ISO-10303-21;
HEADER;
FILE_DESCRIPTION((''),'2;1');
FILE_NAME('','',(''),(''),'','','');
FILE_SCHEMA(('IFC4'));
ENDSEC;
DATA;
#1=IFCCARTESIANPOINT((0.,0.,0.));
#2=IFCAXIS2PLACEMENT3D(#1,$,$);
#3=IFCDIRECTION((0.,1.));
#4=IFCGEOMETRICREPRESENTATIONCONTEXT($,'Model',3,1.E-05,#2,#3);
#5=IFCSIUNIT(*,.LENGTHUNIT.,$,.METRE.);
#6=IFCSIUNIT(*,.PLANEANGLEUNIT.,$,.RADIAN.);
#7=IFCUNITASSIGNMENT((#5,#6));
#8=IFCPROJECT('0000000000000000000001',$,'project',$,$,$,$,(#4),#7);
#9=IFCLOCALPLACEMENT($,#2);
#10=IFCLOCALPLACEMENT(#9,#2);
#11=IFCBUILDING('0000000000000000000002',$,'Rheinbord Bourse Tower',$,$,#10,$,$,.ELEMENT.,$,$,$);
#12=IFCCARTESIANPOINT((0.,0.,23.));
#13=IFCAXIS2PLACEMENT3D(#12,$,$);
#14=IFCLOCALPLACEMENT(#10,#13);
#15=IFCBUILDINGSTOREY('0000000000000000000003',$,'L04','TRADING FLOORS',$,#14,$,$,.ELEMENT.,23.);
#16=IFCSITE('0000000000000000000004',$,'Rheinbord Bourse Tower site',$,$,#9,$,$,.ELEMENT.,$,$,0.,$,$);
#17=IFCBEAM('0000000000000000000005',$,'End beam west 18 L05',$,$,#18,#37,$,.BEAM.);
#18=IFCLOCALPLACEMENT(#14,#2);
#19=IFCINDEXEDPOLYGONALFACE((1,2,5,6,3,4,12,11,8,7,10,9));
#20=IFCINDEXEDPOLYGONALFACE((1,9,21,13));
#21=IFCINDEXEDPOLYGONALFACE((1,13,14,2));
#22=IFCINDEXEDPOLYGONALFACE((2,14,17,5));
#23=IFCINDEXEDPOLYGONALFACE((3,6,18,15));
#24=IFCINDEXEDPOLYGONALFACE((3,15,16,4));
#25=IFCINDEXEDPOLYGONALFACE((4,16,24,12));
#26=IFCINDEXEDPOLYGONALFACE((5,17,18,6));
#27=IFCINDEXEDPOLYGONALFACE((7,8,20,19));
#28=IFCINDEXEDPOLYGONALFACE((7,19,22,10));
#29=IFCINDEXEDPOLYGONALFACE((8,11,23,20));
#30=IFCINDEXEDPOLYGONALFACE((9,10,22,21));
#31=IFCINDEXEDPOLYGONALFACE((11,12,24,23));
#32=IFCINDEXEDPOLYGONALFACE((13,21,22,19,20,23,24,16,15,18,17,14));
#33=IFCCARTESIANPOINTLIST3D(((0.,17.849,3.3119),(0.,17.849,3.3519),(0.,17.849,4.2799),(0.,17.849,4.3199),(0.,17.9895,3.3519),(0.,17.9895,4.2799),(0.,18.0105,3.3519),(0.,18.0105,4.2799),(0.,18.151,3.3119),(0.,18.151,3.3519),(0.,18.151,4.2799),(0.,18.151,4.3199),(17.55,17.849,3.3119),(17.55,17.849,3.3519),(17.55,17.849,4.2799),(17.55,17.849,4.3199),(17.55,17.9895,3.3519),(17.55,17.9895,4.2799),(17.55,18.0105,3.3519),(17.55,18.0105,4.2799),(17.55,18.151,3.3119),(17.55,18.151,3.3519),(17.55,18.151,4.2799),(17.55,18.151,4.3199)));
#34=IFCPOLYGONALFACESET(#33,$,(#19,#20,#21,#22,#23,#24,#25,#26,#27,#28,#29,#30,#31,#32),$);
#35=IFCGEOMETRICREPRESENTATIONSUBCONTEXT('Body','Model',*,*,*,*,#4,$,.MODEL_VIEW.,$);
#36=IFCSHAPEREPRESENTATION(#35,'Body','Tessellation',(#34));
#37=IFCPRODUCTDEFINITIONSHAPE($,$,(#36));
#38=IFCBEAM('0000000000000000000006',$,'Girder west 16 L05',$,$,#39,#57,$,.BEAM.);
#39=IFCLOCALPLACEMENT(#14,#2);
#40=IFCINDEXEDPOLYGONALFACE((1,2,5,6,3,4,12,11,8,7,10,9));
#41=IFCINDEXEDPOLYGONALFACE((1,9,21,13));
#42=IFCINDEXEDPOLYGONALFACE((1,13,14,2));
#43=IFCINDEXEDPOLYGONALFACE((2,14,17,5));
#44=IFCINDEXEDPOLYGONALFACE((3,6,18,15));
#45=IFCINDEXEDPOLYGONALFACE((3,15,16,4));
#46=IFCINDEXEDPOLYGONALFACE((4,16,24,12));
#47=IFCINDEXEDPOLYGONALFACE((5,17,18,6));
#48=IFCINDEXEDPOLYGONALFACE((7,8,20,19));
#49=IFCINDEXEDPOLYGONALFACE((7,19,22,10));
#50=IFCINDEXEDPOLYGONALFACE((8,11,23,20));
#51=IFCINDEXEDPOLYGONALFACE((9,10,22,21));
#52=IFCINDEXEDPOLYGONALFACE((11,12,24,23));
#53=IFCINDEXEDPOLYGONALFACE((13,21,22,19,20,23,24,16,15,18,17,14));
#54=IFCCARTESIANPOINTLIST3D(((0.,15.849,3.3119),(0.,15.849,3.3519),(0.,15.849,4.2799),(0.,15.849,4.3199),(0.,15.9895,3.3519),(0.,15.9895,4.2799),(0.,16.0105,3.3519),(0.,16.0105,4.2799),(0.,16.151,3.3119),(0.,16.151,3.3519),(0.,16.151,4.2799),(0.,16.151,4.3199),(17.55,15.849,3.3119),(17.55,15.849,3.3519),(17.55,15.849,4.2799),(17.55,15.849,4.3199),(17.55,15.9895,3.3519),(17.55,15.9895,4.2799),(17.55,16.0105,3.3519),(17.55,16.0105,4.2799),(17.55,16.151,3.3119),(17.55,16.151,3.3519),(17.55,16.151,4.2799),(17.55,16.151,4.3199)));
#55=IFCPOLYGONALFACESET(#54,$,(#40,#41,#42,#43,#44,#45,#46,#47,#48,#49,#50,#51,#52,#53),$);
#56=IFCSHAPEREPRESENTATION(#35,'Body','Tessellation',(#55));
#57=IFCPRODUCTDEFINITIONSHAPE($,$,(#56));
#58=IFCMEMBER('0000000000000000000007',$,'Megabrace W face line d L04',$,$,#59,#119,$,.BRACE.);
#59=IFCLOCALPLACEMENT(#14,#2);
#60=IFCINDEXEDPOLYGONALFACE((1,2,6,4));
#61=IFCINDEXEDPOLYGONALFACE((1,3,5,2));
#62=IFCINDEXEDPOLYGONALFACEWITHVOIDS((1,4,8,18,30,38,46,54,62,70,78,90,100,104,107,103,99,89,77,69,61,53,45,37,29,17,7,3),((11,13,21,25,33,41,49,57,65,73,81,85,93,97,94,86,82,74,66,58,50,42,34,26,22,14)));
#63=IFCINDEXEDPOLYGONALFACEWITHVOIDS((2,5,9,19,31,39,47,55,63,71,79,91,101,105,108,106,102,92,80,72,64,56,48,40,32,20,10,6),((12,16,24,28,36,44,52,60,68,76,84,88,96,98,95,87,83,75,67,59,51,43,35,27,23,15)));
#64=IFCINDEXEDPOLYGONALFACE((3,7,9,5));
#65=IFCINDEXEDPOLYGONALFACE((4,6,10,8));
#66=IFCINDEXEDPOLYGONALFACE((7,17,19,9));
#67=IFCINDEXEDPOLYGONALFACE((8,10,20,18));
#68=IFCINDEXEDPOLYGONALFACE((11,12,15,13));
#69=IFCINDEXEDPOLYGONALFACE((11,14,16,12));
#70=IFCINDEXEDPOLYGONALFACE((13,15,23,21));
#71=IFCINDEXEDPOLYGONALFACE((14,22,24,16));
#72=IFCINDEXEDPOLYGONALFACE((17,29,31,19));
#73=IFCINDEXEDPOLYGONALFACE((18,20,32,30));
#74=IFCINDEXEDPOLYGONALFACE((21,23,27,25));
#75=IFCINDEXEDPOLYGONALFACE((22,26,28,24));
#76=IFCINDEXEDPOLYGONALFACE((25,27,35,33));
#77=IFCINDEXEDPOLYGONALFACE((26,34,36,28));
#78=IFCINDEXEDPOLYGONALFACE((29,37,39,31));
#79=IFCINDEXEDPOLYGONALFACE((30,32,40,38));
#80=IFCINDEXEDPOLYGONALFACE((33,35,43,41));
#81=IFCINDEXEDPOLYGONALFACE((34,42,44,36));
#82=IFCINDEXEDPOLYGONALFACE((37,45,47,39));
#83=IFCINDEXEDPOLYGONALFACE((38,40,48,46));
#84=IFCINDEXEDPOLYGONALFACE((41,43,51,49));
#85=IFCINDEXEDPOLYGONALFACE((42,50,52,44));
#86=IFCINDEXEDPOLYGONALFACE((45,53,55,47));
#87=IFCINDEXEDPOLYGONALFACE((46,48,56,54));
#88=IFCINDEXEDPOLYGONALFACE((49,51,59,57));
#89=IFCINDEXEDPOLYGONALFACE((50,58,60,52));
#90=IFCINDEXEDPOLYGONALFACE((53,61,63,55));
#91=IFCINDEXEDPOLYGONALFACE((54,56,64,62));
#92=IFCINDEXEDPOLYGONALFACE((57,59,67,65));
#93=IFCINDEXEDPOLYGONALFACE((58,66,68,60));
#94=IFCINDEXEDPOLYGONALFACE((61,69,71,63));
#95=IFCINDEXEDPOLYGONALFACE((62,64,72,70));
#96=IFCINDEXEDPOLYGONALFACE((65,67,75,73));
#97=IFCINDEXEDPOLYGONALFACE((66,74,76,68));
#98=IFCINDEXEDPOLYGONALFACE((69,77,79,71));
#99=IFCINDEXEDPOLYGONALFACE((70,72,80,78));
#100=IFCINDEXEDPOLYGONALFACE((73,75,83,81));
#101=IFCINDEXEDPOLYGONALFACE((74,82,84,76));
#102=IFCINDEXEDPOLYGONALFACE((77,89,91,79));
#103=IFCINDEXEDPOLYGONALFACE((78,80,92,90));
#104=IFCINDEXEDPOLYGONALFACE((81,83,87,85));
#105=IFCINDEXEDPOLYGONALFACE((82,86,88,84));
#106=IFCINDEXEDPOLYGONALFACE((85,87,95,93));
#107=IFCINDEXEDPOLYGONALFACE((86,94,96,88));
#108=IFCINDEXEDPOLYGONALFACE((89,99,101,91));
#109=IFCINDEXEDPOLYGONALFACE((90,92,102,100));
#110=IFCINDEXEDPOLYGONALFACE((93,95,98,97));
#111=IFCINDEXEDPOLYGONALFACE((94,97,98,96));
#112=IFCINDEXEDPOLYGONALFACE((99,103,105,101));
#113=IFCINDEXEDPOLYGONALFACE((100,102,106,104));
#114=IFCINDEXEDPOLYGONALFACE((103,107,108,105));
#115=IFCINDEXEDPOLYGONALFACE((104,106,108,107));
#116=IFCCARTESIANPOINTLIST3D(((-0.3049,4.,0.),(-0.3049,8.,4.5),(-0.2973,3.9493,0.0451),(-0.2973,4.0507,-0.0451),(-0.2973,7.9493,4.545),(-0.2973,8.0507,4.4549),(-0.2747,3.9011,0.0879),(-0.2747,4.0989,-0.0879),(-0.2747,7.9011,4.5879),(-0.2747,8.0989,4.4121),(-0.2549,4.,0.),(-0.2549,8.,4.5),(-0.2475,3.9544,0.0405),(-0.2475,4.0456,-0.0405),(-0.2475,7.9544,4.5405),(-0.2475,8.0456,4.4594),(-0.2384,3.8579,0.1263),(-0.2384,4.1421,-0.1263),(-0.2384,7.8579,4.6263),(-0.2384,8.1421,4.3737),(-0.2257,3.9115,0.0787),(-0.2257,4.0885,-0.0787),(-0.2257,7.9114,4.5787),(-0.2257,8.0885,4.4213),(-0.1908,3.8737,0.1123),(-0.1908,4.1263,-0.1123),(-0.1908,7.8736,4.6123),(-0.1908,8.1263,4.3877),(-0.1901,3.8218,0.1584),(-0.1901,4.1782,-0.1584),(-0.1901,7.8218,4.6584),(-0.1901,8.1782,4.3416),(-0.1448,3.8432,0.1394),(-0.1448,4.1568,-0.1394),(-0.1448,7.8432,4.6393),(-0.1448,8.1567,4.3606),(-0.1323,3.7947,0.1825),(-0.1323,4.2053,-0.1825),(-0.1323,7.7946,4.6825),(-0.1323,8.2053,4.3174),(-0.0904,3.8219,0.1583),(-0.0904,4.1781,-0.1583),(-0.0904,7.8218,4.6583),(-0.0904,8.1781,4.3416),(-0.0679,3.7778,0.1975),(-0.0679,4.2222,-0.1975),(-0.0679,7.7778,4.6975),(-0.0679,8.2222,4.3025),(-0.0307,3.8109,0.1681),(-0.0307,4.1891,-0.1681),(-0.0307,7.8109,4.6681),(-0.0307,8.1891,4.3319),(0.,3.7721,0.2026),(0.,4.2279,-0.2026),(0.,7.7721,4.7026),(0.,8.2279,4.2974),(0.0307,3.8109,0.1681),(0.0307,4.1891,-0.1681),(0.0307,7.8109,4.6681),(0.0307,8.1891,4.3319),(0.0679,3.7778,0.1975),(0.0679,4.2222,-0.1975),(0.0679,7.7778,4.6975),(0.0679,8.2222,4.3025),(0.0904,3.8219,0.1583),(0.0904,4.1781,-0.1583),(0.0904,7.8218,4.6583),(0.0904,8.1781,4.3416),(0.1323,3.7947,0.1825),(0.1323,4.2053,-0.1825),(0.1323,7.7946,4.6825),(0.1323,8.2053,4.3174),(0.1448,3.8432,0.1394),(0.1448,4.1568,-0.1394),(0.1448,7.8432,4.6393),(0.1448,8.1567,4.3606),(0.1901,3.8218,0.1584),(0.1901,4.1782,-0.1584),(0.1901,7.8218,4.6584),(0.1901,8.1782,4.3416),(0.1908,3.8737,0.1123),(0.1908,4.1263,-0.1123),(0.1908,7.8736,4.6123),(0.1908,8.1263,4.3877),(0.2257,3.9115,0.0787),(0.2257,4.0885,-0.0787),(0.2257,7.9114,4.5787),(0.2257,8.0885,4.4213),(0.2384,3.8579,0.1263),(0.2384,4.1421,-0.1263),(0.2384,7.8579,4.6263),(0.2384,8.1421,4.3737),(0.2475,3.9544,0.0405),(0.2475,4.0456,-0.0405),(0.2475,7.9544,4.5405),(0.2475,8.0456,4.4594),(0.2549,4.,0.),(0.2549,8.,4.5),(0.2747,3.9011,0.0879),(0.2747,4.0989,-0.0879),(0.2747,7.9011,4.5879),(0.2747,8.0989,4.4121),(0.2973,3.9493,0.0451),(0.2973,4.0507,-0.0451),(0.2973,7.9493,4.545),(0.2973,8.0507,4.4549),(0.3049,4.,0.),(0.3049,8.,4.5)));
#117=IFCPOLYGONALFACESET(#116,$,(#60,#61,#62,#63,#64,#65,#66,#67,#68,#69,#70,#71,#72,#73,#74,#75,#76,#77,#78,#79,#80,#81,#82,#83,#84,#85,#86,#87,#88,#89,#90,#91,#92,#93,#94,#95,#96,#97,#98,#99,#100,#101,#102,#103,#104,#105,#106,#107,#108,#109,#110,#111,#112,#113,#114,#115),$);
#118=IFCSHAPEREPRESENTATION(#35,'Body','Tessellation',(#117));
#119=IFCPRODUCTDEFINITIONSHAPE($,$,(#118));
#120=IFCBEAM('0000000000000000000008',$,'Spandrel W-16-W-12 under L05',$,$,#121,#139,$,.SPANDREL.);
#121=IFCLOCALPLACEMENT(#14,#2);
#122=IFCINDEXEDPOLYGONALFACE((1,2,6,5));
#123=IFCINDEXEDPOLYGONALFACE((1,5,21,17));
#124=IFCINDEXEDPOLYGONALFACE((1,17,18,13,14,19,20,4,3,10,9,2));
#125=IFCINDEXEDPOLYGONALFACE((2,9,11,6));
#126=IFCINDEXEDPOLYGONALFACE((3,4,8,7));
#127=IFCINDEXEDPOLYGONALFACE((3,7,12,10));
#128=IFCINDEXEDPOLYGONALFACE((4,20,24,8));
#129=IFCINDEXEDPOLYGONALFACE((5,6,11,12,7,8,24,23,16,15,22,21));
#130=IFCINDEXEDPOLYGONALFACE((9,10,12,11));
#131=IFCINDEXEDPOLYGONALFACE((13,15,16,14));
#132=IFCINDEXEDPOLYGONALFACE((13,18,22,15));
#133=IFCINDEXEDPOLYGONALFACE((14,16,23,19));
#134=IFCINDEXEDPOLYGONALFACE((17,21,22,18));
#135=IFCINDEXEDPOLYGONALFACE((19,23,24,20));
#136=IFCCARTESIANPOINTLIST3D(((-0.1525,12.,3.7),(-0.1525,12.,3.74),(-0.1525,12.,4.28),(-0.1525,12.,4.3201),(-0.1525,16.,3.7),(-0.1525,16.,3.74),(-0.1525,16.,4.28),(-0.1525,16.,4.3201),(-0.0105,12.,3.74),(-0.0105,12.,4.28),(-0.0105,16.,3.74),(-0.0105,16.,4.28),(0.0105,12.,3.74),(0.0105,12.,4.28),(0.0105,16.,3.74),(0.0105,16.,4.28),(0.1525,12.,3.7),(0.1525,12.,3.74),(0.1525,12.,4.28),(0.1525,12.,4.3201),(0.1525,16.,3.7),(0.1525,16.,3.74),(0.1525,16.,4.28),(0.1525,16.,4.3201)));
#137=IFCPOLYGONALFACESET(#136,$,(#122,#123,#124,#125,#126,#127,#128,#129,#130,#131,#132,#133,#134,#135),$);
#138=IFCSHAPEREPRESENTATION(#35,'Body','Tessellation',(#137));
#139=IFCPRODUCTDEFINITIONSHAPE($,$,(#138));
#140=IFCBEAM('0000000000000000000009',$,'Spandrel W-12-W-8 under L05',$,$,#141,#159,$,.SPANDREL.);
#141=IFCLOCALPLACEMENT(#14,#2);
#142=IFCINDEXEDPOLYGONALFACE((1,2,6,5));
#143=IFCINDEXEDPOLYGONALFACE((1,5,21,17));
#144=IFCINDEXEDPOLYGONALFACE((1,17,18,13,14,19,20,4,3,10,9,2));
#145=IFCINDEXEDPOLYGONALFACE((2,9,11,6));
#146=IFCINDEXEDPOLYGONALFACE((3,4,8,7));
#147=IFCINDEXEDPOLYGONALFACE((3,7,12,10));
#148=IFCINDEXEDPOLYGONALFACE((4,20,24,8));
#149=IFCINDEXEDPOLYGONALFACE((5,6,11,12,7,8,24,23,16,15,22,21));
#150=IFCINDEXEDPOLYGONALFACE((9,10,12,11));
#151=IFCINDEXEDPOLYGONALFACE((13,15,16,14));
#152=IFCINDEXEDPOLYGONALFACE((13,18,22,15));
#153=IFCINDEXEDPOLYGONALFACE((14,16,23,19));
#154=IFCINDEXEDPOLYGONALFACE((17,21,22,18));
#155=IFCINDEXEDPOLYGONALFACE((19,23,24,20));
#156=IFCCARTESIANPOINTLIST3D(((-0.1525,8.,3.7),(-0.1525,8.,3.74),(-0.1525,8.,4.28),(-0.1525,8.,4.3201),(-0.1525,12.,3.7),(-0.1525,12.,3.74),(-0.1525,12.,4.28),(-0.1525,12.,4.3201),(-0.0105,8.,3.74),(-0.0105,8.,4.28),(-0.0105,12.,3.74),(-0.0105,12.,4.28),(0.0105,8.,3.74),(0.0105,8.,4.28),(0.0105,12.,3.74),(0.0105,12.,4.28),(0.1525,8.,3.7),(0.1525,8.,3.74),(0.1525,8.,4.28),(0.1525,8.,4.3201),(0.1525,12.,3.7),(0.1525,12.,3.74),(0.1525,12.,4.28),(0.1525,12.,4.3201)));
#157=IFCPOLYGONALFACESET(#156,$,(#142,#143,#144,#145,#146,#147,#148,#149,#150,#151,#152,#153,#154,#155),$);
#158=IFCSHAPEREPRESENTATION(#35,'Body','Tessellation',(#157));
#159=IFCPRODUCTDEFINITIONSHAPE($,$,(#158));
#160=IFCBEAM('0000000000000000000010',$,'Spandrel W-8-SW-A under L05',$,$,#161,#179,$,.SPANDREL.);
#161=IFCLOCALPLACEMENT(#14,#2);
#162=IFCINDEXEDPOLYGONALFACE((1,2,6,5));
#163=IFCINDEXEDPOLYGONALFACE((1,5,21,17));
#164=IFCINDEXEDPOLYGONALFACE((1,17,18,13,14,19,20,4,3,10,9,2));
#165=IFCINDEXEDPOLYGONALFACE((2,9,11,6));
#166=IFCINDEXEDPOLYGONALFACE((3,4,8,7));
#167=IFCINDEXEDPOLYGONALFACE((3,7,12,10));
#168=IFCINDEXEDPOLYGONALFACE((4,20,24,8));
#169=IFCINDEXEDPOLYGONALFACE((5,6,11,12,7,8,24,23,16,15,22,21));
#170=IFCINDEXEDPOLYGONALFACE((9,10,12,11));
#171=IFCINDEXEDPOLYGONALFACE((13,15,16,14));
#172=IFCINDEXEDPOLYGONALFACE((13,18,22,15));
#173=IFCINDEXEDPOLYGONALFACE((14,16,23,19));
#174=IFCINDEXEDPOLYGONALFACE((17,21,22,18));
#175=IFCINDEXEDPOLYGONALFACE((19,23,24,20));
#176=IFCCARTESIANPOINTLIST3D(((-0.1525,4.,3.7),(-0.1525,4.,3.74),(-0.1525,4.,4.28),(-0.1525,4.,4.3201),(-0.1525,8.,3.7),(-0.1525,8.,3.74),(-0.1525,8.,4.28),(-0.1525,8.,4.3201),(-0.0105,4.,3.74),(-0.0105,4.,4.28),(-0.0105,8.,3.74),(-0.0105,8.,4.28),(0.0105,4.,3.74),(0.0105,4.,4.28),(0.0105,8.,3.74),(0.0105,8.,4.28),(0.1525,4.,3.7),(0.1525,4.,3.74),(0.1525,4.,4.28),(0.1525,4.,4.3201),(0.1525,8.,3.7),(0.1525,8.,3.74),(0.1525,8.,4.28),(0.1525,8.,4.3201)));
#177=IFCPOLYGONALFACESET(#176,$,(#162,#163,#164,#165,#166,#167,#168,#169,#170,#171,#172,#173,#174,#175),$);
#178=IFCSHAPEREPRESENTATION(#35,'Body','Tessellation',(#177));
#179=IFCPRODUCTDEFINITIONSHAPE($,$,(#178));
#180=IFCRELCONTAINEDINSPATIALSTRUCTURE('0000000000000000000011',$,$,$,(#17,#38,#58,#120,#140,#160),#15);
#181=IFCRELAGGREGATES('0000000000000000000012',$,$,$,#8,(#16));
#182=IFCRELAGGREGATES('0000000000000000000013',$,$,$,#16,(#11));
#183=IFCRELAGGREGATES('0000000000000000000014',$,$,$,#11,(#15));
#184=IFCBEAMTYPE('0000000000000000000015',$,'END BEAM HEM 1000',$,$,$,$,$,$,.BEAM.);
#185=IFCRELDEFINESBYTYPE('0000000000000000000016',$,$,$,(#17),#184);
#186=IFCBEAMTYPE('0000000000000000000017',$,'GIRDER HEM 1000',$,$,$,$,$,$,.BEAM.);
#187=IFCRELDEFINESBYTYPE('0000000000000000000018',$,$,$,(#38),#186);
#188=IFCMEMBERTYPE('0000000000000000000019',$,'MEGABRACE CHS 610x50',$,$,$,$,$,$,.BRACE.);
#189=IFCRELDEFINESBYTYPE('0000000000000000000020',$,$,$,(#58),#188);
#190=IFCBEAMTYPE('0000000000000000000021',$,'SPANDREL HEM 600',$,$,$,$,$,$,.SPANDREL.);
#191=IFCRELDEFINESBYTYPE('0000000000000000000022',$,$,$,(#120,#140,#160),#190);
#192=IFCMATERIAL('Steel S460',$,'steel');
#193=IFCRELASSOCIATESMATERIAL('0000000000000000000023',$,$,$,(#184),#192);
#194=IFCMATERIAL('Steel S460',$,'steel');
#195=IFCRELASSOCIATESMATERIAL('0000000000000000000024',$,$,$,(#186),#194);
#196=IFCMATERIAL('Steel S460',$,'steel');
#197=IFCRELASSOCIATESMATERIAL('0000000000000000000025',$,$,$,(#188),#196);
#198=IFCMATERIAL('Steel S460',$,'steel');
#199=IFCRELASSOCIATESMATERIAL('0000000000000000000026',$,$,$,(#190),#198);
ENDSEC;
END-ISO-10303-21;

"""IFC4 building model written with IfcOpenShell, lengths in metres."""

from ifc_helpers import new_model, si_unit, direction, frame, origin, origin_2d, place, context, subcontext, project, spatial, hollow_circle, i_section, extrude, material, material_profile, profile_set, type_object, element, save


model = new_model("IFC4")

# Units and contexts
model_context = context("Model", 3, precision=1e-05, world=origin(), true_north=direction((0.0, 1.0)))
body_context = subcontext(model_context, "Body", "Model", "MODEL_VIEW")
ifc_project = project(units=[si_unit("LENGTHUNIT", "METRE"), si_unit("PLANEANGLEUNIT", "RADIAN")], contexts=[model_context])

# Site, building, storey
site_placement = place(None, origin())
site = spatial("IfcSite", under=ifc_project, at=site_placement, Name="Rheinbord Bourse Tower site", CompositionType="ELEMENT", RefElevation=0.0)
building_placement = place(site_placement, origin())
building = spatial("IfcBuilding", under=site, at=building_placement, Name="Rheinbord Bourse Tower", CompositionType="ELEMENT")
storey_placement = place(building_placement, frame((0.0, 0.0, 23.0)))
storey = spatial("IfcBuildingStorey", under=building, at=storey_placement, Name="L04", Description="TRADING FLOORS", CompositionType="ELEMENT", Elevation=23.0)

# Beams
ifc_material_1 = material(Name="Steel S460", Category="steel")
ifc_material_profile_1 = material_profile(ifc_material_1, i_section(OverallWidth=0.302, OverallDepth=1.0081, WebThickness=0.021, FlangeThickness=0.04, at=origin_2d()), Name="HEM 1000")
ifc_profile_set_1 = profile_set([ifc_material_profile_1], Name="Steel S460")
beam_type_1 = type_object("IfcBeamType", Name="END BEAM HEM 1000", PredefinedType="BEAM", material=ifc_profile_set_1)
beam_1_placement = place(storey_placement, frame((0.0, 18.0, 3.8159), z_axis=(1.0, 0.0, 0.0), x_axis=(0.0, 1.0, 0.0)))
element("IfcBeam", 1, at=beam_1_placement, inside=storey, type_object=beam_type_1, Name="End beam west 18 L05", PredefinedType="BEAM", context=body_context, shape_type="SweptSolid", body=[
    extrude(i_section(OverallWidth=0.302, OverallDepth=1.0081, WebThickness=0.021, FlangeThickness=0.04, at=origin_2d()), origin(), (0.0, 0.0, 1.0), 17.55),
])
ifc_material_2 = material(Name="Steel S460", Category="steel")
ifc_material_profile_2 = material_profile(ifc_material_2, i_section(OverallWidth=0.302, OverallDepth=1.0081, WebThickness=0.021, FlangeThickness=0.04, at=origin_2d()), Name="HEM 1000")
ifc_profile_set_2 = profile_set([ifc_material_profile_2], Name="Steel S460")
beam_type_2 = type_object("IfcBeamType", Name="GIRDER HEM 1000", PredefinedType="BEAM", material=ifc_profile_set_2)
beam_2_placement = place(storey_placement, frame((0.0, 16.0, 3.8159), z_axis=(1.0, 0.0, 0.0), x_axis=(0.0, 1.0, 0.0)))
element("IfcBeam", 2, at=beam_2_placement, inside=storey, type_object=beam_type_2, Name="Girder west 16 L05", PredefinedType="BEAM", context=body_context, shape_type="SweptSolid", body=[
    extrude(i_section(OverallWidth=0.302, OverallDepth=1.0081, WebThickness=0.021, FlangeThickness=0.04, at=origin_2d()), origin(), (0.0, 0.0, 1.0), 17.55),
])

# Member
ifc_material_3 = material(Name="Steel S460", Category="steel")
ifc_material_profile_3 = material_profile(ifc_material_3, hollow_circle(Radius=0.3049, WallThickness=0.05, at=origin_2d()), Name="CHS 610x50")
ifc_profile_set_3 = profile_set([ifc_material_profile_3], Name="Steel S460")
member_type_1 = type_object("IfcMemberType", Name="MEGABRACE CHS 610x50", PredefinedType="BRACE", material=ifc_profile_set_3)
member_1_placement = place(storey_placement, frame((0.0, 4.0, 0.0), z_axis=(0.0, 0.664364, 0.747409), x_axis=(-1.0, 0.0, 0.0)))
element("IfcMember", 3, at=member_1_placement, inside=storey, type_object=member_type_1, Name="Megabrace W face line d L04", PredefinedType="BRACE", context=body_context, shape_type="SweptSolid", body=[
    extrude(hollow_circle(Radius=0.3049, WallThickness=0.05, at=origin_2d()), origin(), (0.0, 0.0, 1.0), 6.0208),
])

# Beams
ifc_material_4 = material(Name="Steel S460", Category="steel")
ifc_material_profile_4 = material_profile(ifc_material_4, i_section(OverallWidth=0.3049, OverallDepth=0.6201, WebThickness=0.021, FlangeThickness=0.04, at=origin_2d()), Name="HEM 600")
ifc_profile_set_4 = profile_set([ifc_material_profile_4], Name="Steel S460")
beam_type_3 = type_object("IfcBeamType", Name="SPANDREL HEM 600", PredefinedType="SPANDREL", material=ifc_profile_set_4)
for number, where, z_axis, x_axis, name in (
    (4, (0.0, 16.0, 4.01), (0.0, -1.0, 0.0), (1.0, 0.0, 0.0), "Spandrel W-16-W-12 under L05"),
    (5, (0.0, 12.0, 4.01), (0.0, -1.0, 0.0), (1.0, 0.0, 0.0), "Spandrel W-12-W-8 under L05"),
    (6, (0.0, 8.0, 4.01), (0.0, -1.0, 0.0), (1.0, 0.0, 0.0), "Spandrel W-8-SW-A under L05"),
):
    element("IfcBeam", number, at=place(storey_placement, frame(where, z_axis=z_axis, x_axis=x_axis)), inside=storey, type_object=beam_type_3, Name=name, PredefinedType="SPANDREL", context=body_context, shape_type="SweptSolid", body=[
        extrude(i_section(OverallWidth=0.3049, OverallDepth=0.6201, WebThickness=0.021, FlangeThickness=0.04, at=origin_2d()), origin(), (0.0, 0.0, 1.0), 4.0),
    ])

save(model, "model.ifc")
